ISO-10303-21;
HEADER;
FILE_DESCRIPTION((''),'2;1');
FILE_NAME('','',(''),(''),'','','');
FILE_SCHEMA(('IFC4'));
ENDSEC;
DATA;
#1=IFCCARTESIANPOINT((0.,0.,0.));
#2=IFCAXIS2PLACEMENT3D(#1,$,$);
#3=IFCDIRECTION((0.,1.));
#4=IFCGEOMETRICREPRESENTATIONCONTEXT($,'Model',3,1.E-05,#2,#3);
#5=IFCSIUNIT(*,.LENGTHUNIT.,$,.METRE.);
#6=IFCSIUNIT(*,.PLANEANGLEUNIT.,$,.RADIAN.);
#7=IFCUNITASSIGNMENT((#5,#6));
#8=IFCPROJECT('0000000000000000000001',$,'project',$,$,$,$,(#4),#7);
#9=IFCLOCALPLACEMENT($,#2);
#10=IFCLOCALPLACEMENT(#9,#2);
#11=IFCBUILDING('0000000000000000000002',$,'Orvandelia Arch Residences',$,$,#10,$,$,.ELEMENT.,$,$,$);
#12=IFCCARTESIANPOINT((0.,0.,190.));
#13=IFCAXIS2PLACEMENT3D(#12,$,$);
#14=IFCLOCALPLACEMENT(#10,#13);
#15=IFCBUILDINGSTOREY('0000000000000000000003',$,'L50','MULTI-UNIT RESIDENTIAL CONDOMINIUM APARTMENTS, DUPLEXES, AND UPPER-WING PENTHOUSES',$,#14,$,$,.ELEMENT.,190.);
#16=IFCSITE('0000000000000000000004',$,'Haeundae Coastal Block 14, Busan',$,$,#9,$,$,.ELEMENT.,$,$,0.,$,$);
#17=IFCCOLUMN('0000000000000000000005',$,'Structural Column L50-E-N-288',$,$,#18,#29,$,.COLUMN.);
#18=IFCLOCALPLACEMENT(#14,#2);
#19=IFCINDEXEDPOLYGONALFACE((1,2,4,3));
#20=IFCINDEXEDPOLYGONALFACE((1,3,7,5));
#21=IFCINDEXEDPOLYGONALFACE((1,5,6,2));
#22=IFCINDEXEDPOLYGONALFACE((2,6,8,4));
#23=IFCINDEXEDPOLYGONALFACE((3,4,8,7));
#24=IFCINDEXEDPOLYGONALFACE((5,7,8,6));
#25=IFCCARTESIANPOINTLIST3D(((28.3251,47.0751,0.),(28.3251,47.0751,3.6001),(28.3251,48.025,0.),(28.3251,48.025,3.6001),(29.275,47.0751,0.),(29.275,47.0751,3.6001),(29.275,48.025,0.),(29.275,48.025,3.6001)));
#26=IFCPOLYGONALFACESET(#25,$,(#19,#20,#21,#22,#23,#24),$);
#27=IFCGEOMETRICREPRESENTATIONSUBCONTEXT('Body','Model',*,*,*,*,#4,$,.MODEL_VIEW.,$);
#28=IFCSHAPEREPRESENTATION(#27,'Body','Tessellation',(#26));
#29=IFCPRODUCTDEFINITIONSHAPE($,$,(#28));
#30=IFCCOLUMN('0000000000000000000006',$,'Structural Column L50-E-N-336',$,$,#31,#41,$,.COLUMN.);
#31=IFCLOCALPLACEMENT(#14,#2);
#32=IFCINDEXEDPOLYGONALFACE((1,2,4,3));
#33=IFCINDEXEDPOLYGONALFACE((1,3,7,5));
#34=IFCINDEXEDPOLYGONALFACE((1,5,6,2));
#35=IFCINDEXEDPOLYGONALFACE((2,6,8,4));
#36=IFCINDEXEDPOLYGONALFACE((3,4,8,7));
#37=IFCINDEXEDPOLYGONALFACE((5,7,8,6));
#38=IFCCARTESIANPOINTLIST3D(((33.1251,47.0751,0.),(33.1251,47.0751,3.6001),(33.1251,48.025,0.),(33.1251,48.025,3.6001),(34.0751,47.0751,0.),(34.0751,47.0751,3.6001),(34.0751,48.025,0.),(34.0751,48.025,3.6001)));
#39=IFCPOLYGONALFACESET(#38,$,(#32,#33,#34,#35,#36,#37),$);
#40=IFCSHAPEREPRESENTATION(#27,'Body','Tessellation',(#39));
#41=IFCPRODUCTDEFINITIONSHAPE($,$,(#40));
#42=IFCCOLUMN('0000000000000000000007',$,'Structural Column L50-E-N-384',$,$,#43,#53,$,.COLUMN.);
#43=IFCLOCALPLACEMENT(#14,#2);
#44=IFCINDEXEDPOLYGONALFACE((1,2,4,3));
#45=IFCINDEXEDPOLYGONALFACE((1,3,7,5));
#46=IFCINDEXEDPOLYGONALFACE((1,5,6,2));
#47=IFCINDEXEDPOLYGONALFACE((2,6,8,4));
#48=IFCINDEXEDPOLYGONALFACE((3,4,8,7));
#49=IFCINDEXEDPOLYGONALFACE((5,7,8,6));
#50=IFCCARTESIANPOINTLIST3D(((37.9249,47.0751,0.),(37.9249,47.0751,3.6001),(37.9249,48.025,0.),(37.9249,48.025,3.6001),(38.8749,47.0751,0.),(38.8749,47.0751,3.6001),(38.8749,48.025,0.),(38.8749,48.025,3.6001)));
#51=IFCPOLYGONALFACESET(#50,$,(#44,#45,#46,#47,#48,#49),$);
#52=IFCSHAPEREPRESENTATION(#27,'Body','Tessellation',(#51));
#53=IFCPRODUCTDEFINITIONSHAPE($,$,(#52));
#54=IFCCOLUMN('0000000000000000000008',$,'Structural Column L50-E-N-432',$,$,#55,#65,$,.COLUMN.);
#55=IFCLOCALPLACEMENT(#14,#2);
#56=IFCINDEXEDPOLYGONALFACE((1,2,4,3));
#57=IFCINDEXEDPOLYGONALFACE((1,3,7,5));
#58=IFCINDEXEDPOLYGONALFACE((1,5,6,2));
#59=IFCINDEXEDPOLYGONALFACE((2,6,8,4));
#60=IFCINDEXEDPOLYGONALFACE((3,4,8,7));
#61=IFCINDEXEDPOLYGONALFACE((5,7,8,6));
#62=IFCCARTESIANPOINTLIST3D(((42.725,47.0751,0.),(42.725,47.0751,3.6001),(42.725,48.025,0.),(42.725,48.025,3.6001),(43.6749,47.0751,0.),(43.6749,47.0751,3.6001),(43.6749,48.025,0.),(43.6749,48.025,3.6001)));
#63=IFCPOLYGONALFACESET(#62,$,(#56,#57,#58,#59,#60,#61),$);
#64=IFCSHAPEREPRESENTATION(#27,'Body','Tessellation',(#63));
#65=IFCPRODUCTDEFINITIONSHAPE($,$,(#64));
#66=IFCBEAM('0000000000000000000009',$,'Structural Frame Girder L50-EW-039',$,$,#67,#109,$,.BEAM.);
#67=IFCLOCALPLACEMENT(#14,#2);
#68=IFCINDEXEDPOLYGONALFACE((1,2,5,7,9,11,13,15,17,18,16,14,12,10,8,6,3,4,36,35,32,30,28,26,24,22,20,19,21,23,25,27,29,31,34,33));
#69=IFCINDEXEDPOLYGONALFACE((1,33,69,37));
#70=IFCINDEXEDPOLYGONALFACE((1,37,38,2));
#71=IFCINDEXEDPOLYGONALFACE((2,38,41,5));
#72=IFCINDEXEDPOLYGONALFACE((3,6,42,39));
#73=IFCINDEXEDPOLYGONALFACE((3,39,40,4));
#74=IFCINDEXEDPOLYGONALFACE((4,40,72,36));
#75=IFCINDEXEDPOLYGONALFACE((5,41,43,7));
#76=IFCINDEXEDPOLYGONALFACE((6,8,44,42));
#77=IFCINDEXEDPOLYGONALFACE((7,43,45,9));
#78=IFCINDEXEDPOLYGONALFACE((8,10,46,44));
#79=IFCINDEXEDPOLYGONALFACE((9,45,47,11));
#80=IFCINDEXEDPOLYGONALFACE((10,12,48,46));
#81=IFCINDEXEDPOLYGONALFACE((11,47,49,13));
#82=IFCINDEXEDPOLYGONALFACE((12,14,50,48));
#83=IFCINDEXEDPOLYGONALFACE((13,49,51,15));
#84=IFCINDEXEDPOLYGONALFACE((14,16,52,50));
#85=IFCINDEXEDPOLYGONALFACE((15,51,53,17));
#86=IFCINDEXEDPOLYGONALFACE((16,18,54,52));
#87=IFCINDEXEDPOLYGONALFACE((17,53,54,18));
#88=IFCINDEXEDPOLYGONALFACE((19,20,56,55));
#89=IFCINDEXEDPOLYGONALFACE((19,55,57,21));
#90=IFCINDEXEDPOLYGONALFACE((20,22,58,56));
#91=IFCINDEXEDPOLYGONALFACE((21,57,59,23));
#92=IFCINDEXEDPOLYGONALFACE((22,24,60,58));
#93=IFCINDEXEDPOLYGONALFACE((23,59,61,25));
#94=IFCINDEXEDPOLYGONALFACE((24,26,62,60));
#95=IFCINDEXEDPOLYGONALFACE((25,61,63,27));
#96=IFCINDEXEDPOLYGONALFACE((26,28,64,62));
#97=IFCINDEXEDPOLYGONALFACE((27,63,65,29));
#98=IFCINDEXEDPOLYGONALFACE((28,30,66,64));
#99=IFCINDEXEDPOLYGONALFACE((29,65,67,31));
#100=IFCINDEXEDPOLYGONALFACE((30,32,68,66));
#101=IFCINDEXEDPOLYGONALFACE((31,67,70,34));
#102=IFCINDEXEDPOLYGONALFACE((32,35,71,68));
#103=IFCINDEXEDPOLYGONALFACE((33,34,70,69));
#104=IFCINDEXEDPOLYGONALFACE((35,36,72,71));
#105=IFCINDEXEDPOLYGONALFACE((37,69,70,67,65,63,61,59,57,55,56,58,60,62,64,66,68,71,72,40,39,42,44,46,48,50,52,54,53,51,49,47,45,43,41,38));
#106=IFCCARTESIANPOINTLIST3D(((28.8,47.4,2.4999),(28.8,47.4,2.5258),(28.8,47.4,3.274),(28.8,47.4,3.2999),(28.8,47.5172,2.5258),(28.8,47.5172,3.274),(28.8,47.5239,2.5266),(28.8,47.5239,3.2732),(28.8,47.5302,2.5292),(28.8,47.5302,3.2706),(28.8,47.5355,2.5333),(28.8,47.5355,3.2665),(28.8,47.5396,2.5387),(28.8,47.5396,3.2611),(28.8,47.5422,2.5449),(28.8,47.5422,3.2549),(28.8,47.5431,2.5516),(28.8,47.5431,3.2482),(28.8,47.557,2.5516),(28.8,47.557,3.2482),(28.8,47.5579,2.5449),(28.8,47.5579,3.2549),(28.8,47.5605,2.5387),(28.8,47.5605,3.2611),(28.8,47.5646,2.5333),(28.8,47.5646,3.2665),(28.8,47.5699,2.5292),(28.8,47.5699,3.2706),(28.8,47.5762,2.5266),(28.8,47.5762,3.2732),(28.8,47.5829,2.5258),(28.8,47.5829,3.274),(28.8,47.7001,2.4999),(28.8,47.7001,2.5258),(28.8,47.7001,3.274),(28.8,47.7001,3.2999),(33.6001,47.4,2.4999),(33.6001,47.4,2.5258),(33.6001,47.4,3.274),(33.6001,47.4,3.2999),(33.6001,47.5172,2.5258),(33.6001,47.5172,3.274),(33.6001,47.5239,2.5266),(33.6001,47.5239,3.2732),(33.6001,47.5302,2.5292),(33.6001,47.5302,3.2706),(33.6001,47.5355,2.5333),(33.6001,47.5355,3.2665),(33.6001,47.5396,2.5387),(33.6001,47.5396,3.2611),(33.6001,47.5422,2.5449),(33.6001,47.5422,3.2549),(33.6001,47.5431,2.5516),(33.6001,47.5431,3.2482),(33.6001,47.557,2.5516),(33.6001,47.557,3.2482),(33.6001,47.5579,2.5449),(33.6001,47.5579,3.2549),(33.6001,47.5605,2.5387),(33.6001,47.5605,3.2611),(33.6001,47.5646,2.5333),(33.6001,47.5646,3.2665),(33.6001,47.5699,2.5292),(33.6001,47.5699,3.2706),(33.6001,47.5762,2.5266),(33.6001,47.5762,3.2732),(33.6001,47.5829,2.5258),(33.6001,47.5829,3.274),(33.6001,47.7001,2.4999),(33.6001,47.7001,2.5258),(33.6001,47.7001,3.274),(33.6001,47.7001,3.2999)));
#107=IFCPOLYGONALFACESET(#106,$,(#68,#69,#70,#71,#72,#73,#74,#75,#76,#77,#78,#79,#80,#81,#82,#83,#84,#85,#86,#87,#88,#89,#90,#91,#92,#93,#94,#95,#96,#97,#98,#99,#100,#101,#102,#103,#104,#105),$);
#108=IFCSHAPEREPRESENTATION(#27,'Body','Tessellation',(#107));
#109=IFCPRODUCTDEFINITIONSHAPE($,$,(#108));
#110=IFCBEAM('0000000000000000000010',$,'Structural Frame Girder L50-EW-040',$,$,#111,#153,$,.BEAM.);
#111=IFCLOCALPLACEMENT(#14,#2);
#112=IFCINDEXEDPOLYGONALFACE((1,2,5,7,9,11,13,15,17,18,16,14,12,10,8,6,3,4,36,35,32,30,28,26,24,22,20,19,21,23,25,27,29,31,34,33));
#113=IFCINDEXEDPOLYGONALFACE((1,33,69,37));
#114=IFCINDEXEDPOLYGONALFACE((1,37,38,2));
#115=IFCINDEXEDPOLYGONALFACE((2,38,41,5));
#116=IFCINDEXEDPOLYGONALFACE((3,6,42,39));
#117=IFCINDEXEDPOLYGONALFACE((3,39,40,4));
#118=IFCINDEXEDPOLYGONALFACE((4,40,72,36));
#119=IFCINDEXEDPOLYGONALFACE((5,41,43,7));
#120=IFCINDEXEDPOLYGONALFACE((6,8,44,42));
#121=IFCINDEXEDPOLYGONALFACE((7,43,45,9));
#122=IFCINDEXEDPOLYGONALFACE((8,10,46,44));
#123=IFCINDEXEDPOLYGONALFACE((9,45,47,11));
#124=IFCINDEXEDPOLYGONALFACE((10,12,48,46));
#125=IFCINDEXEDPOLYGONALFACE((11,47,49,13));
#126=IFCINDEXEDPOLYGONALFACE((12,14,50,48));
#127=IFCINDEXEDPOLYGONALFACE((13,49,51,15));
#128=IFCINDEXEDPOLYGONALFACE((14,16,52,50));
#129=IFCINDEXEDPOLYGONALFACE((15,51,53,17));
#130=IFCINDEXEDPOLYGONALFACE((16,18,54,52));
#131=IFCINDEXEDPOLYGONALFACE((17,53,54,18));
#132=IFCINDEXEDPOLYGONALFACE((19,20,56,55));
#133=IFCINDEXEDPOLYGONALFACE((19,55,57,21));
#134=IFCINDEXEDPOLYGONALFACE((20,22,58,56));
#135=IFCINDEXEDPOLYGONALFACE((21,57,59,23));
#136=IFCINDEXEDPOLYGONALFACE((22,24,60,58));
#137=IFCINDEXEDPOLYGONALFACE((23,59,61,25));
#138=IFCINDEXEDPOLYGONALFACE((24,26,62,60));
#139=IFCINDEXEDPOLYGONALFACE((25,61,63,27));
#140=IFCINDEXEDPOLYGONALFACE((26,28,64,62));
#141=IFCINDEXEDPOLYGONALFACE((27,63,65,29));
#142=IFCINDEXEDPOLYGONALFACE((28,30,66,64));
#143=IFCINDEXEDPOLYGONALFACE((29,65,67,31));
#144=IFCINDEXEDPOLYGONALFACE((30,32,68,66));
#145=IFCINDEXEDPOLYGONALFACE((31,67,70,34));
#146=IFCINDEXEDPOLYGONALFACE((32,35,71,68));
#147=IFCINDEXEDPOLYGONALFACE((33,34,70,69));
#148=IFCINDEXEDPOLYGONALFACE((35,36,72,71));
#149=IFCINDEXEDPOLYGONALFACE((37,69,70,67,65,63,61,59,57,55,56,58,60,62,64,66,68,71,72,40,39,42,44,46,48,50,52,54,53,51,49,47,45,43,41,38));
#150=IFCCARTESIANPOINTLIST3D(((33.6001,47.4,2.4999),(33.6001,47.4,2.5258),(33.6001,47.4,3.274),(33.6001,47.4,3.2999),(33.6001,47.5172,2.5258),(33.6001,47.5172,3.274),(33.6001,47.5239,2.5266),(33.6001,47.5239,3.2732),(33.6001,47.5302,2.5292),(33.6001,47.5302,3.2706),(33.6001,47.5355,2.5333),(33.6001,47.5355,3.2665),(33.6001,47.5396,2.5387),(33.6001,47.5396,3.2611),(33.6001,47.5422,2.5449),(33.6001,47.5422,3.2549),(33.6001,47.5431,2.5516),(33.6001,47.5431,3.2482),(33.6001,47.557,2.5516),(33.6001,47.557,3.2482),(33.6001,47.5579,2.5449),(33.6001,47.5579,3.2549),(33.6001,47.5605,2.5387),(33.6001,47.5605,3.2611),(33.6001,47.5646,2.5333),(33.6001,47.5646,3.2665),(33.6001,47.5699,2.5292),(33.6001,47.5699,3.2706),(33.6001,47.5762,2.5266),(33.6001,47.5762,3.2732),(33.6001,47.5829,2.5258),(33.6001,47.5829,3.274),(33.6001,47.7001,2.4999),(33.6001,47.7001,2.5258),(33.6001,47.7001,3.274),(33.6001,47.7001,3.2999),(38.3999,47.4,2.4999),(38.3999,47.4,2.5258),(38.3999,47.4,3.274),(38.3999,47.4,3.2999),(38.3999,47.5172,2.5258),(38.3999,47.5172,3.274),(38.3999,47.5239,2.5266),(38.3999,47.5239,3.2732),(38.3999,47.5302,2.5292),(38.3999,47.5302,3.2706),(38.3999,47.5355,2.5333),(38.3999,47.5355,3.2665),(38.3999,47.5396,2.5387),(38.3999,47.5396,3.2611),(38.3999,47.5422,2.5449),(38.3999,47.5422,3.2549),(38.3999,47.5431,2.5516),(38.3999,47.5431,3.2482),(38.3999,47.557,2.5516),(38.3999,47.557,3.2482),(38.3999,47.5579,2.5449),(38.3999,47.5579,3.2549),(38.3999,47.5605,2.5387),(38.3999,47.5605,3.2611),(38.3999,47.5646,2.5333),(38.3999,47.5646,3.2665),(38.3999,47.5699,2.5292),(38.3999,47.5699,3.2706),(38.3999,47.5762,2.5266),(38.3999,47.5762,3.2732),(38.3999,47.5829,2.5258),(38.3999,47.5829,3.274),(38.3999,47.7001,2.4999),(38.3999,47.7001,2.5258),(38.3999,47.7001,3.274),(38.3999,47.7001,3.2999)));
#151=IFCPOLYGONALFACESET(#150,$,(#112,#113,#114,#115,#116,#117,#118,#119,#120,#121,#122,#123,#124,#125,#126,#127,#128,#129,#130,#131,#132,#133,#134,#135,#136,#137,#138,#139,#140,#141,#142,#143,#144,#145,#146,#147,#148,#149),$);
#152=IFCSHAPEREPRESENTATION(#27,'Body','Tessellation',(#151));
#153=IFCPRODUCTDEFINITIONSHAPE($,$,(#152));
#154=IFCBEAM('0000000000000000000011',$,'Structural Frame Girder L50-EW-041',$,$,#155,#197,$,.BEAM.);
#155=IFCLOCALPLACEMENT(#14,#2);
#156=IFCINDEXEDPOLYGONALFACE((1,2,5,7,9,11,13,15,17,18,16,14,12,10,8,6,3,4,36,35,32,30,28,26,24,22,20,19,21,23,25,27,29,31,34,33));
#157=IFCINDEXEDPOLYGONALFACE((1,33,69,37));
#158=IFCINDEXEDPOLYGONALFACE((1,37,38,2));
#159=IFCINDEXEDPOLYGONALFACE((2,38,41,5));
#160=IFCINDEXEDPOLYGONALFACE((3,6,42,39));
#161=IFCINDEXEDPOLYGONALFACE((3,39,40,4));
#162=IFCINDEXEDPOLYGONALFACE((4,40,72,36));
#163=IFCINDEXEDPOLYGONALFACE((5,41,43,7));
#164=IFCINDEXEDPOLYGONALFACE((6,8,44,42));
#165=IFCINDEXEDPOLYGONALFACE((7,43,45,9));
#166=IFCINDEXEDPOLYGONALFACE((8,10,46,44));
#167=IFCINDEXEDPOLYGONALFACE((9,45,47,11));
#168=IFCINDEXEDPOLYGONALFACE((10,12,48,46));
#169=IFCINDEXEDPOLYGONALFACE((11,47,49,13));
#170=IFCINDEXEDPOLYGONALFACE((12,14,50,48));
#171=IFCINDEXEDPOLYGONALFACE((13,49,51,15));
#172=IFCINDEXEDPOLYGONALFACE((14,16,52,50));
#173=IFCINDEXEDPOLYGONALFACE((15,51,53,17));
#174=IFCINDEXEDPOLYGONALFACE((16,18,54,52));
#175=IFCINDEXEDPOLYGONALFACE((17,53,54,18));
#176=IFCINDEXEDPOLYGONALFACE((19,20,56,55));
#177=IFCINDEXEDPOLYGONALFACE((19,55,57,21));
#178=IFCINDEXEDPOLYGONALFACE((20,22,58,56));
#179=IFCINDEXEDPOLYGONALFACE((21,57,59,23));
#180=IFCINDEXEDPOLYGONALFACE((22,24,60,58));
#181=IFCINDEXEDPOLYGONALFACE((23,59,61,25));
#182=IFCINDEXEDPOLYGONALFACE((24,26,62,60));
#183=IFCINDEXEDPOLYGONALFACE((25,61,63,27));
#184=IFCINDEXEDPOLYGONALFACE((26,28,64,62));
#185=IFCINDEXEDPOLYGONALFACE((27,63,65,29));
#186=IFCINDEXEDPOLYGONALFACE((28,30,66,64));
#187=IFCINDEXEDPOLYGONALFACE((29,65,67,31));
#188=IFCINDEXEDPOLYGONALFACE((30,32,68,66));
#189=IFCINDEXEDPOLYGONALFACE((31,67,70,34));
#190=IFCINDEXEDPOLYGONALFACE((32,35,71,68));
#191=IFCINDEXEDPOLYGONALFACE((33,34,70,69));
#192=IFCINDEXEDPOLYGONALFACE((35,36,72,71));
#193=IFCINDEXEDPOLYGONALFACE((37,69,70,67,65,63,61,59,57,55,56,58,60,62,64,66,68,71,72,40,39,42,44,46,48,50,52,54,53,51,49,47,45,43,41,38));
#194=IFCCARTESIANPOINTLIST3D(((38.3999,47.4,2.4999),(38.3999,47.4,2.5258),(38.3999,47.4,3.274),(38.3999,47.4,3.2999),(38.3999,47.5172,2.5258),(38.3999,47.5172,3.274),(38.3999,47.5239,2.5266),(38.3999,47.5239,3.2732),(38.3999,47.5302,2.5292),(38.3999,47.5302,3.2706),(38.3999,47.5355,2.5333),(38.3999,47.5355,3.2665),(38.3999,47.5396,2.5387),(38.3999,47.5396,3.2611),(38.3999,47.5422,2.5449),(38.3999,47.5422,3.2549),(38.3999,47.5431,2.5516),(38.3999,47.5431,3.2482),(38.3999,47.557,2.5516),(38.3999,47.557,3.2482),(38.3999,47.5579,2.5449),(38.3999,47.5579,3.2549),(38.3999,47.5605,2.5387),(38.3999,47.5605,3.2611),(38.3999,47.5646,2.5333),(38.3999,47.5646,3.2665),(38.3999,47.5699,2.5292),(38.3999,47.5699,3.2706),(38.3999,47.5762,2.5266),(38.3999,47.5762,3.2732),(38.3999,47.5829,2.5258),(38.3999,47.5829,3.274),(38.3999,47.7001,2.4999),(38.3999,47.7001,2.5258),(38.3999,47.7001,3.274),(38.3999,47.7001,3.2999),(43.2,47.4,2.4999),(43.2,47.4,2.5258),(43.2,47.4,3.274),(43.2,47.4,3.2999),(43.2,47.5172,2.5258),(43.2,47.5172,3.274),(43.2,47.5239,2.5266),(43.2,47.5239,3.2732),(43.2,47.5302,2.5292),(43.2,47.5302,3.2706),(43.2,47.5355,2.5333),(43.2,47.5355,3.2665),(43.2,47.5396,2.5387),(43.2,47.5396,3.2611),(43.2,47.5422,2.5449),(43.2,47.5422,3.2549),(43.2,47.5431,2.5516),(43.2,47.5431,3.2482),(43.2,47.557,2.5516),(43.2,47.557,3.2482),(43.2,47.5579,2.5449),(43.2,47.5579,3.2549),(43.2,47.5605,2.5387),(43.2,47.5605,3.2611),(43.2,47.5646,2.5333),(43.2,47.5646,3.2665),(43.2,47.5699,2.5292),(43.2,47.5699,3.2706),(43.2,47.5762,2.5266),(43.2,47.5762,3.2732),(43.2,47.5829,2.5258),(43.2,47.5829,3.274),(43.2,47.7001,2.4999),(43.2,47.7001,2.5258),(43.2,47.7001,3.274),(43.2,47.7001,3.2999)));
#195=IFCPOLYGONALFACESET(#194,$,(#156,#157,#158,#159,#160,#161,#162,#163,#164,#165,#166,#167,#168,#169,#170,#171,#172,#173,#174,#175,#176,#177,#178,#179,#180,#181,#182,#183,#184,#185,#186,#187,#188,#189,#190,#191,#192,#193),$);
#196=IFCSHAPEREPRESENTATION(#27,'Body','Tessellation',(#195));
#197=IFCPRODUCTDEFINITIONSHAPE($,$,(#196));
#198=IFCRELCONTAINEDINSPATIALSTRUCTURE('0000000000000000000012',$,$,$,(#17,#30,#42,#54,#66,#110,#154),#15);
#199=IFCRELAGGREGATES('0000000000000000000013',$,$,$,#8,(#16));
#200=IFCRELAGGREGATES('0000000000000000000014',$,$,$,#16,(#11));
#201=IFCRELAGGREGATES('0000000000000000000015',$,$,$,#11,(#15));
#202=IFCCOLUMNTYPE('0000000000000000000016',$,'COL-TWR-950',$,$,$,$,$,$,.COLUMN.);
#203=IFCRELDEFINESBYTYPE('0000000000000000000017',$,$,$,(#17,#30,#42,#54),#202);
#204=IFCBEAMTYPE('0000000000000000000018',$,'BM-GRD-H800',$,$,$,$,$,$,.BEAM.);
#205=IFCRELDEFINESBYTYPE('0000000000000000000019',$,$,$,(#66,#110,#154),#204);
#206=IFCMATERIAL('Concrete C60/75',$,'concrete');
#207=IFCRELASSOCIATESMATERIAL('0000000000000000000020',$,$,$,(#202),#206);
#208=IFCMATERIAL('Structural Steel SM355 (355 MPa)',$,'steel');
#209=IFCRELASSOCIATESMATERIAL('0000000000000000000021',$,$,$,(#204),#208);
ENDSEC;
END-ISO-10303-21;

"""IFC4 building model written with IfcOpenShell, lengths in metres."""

from ifc_helpers import new_model, si_unit, direction, frame, origin, origin_2d, place, context, subcontext, project, spatial, rectangle, i_section, extrude, material, material_profile, profile_set, type_object, element, save


model = new_model("IFC4")

# Units and contexts
model_context = context("Model", 3, precision=1e-05, world=origin(), true_north=direction((0.0, 1.0)))
body_context = subcontext(model_context, "Body", "Model", "MODEL_VIEW")
ifc_project = project(units=[si_unit("LENGTHUNIT", "METRE"), si_unit("PLANEANGLEUNIT", "RADIAN")], contexts=[model_context])

# Site, building, storey
site_placement = place(None, origin())
site = spatial("IfcSite", under=ifc_project, at=site_placement, Name="Haeundae Coastal Block 14, Busan", CompositionType="ELEMENT", RefElevation=0.0)
building_placement = place(site_placement, origin())
building = spatial("IfcBuilding", under=site, at=building_placement, Name="Orvandelia Arch Residences", CompositionType="ELEMENT")
storey_placement = place(building_placement, frame((0.0, 0.0, 190.0)))
storey = spatial("IfcBuildingStorey", under=building, at=storey_placement, Name="L50", Description="MULTI-UNIT RESIDENTIAL CONDOMINIUM APARTMENTS, DUPLEXES, AND UPPER-WING PENTHOUSES", CompositionType="ELEMENT", Elevation=190.0)

# Columns
ifc_material_1 = material(Name="Concrete C60/75", Category="concrete")
ifc_material_profile_1 = material_profile(ifc_material_1, rectangle(XDim=0.95, YDim=0.95, at=origin_2d()), Name="Concrete C60/75", Category="concrete")
ifc_profile_set_1 = profile_set([ifc_material_profile_1], Name="Concrete C60/75")
column_type = type_object("IfcColumnType", Name="COL-TWR-950", PredefinedType="COLUMN", material=ifc_profile_set_1)
for number, where, z_axis, x_axis, name in (
    (1, (28.8, 47.55, 0.0), (0.0, 0.0, 1.0), (1.0, 0.0, 0.0), "Structural Column L50-E-N-288"),
    (2, (33.6001, 47.55, 0.0), (0.0, 0.0, 1.0), (1.0, 0.0, 0.0), "Structural Column L50-E-N-336"),
    (3, (38.3999, 47.55, 0.0), (0.0, 0.0, 1.0), (1.0, 0.0, 0.0), "Structural Column L50-E-N-384"),
    (4, (43.2, 47.55, 0.0), (0.0, 0.0, 1.0), (1.0, 0.0, 0.0), "Structural Column L50-E-N-432"),
):
    element("IfcColumn", number, at=place(storey_placement, frame(where, z_axis=z_axis, x_axis=x_axis)), inside=storey, type_object=column_type, Name=name, PredefinedType="COLUMN", context=body_context, shape_type="SweptSolid", body=[
        extrude(rectangle(XDim=0.95, YDim=0.95, at=origin_2d()), origin(), (0.0, 0.0, 1.0), 3.6001),
    ])

# Beams
ifc_material_2 = material(Name="Structural Steel SM355 (355 MPa)", Category="steel")
ifc_material_profile_2 = material_profile(ifc_material_2, i_section(OverallWidth=0.3, OverallDepth=0.8, WebThickness=0.0139, FlangeThickness=0.0259, FilletRadius=0.0259, at=origin_2d()), Name="Structural Steel SM355 (355 MPa)", Category="steel")
ifc_profile_set_2 = profile_set([ifc_material_profile_2], Name="Structural Steel SM355 (355 MPa)")
beam_type = type_object("IfcBeamType", Name="BM-GRD-H800", PredefinedType="BEAM", material=ifc_profile_set_2)
beam_1_placement = place(storey_placement, frame((28.8, 47.55, 2.8999), z_axis=(1.0, 0.0, 0.0), x_axis=(0.0, 1.0, 0.0)))
element("IfcBeam", 5, at=beam_1_placement, inside=storey, type_object=beam_type, Name="Structural Frame Girder L50-EW-039", PredefinedType="BEAM", context=body_context, shape_type="SweptSolid", body=[
    extrude(i_section(OverallWidth=0.3, OverallDepth=0.8, WebThickness=0.0139, FlangeThickness=0.0259, FilletRadius=0.0259, at=origin_2d()), origin(), (0.0, 0.0, 1.0), 4.8),
])
beam_2_placement = place(storey_placement, frame((33.6001, 47.55, 2.8999), z_axis=(1.0, 0.0, 0.0), x_axis=(0.0, 1.0, 0.0)))
element("IfcBeam", 6, at=beam_2_placement, inside=storey, type_object=beam_type, Name="Structural Frame Girder L50-EW-040", PredefinedType="BEAM", context=body_context, shape_type="SweptSolid", body=[
    extrude(i_section(OverallWidth=0.3, OverallDepth=0.8, WebThickness=0.0139, FlangeThickness=0.0259, FilletRadius=0.0259, at=origin_2d()), origin(), (0.0, 0.0, 1.0), 4.7998),
])
for number, where, z_axis, x_axis, name in (
    (7, (38.3999, 47.55, 2.8999), (1.0, 0.0, 0.0), (0.0, 1.0, 0.0), "Structural Frame Girder L50-EW-041"),
):
    element("IfcBeam", number, at=place(storey_placement, frame(where, z_axis=z_axis, x_axis=x_axis)), inside=storey, type_object=beam_type, Name=name, PredefinedType="BEAM", context=body_context, shape_type="SweptSolid", body=[
        extrude(i_section(OverallWidth=0.3, OverallDepth=0.8, WebThickness=0.0139, FlangeThickness=0.0259, FilletRadius=0.0259, at=origin_2d()), origin(), (0.0, 0.0, 1.0), 4.8),
    ])

save(model, "model.ifc")
